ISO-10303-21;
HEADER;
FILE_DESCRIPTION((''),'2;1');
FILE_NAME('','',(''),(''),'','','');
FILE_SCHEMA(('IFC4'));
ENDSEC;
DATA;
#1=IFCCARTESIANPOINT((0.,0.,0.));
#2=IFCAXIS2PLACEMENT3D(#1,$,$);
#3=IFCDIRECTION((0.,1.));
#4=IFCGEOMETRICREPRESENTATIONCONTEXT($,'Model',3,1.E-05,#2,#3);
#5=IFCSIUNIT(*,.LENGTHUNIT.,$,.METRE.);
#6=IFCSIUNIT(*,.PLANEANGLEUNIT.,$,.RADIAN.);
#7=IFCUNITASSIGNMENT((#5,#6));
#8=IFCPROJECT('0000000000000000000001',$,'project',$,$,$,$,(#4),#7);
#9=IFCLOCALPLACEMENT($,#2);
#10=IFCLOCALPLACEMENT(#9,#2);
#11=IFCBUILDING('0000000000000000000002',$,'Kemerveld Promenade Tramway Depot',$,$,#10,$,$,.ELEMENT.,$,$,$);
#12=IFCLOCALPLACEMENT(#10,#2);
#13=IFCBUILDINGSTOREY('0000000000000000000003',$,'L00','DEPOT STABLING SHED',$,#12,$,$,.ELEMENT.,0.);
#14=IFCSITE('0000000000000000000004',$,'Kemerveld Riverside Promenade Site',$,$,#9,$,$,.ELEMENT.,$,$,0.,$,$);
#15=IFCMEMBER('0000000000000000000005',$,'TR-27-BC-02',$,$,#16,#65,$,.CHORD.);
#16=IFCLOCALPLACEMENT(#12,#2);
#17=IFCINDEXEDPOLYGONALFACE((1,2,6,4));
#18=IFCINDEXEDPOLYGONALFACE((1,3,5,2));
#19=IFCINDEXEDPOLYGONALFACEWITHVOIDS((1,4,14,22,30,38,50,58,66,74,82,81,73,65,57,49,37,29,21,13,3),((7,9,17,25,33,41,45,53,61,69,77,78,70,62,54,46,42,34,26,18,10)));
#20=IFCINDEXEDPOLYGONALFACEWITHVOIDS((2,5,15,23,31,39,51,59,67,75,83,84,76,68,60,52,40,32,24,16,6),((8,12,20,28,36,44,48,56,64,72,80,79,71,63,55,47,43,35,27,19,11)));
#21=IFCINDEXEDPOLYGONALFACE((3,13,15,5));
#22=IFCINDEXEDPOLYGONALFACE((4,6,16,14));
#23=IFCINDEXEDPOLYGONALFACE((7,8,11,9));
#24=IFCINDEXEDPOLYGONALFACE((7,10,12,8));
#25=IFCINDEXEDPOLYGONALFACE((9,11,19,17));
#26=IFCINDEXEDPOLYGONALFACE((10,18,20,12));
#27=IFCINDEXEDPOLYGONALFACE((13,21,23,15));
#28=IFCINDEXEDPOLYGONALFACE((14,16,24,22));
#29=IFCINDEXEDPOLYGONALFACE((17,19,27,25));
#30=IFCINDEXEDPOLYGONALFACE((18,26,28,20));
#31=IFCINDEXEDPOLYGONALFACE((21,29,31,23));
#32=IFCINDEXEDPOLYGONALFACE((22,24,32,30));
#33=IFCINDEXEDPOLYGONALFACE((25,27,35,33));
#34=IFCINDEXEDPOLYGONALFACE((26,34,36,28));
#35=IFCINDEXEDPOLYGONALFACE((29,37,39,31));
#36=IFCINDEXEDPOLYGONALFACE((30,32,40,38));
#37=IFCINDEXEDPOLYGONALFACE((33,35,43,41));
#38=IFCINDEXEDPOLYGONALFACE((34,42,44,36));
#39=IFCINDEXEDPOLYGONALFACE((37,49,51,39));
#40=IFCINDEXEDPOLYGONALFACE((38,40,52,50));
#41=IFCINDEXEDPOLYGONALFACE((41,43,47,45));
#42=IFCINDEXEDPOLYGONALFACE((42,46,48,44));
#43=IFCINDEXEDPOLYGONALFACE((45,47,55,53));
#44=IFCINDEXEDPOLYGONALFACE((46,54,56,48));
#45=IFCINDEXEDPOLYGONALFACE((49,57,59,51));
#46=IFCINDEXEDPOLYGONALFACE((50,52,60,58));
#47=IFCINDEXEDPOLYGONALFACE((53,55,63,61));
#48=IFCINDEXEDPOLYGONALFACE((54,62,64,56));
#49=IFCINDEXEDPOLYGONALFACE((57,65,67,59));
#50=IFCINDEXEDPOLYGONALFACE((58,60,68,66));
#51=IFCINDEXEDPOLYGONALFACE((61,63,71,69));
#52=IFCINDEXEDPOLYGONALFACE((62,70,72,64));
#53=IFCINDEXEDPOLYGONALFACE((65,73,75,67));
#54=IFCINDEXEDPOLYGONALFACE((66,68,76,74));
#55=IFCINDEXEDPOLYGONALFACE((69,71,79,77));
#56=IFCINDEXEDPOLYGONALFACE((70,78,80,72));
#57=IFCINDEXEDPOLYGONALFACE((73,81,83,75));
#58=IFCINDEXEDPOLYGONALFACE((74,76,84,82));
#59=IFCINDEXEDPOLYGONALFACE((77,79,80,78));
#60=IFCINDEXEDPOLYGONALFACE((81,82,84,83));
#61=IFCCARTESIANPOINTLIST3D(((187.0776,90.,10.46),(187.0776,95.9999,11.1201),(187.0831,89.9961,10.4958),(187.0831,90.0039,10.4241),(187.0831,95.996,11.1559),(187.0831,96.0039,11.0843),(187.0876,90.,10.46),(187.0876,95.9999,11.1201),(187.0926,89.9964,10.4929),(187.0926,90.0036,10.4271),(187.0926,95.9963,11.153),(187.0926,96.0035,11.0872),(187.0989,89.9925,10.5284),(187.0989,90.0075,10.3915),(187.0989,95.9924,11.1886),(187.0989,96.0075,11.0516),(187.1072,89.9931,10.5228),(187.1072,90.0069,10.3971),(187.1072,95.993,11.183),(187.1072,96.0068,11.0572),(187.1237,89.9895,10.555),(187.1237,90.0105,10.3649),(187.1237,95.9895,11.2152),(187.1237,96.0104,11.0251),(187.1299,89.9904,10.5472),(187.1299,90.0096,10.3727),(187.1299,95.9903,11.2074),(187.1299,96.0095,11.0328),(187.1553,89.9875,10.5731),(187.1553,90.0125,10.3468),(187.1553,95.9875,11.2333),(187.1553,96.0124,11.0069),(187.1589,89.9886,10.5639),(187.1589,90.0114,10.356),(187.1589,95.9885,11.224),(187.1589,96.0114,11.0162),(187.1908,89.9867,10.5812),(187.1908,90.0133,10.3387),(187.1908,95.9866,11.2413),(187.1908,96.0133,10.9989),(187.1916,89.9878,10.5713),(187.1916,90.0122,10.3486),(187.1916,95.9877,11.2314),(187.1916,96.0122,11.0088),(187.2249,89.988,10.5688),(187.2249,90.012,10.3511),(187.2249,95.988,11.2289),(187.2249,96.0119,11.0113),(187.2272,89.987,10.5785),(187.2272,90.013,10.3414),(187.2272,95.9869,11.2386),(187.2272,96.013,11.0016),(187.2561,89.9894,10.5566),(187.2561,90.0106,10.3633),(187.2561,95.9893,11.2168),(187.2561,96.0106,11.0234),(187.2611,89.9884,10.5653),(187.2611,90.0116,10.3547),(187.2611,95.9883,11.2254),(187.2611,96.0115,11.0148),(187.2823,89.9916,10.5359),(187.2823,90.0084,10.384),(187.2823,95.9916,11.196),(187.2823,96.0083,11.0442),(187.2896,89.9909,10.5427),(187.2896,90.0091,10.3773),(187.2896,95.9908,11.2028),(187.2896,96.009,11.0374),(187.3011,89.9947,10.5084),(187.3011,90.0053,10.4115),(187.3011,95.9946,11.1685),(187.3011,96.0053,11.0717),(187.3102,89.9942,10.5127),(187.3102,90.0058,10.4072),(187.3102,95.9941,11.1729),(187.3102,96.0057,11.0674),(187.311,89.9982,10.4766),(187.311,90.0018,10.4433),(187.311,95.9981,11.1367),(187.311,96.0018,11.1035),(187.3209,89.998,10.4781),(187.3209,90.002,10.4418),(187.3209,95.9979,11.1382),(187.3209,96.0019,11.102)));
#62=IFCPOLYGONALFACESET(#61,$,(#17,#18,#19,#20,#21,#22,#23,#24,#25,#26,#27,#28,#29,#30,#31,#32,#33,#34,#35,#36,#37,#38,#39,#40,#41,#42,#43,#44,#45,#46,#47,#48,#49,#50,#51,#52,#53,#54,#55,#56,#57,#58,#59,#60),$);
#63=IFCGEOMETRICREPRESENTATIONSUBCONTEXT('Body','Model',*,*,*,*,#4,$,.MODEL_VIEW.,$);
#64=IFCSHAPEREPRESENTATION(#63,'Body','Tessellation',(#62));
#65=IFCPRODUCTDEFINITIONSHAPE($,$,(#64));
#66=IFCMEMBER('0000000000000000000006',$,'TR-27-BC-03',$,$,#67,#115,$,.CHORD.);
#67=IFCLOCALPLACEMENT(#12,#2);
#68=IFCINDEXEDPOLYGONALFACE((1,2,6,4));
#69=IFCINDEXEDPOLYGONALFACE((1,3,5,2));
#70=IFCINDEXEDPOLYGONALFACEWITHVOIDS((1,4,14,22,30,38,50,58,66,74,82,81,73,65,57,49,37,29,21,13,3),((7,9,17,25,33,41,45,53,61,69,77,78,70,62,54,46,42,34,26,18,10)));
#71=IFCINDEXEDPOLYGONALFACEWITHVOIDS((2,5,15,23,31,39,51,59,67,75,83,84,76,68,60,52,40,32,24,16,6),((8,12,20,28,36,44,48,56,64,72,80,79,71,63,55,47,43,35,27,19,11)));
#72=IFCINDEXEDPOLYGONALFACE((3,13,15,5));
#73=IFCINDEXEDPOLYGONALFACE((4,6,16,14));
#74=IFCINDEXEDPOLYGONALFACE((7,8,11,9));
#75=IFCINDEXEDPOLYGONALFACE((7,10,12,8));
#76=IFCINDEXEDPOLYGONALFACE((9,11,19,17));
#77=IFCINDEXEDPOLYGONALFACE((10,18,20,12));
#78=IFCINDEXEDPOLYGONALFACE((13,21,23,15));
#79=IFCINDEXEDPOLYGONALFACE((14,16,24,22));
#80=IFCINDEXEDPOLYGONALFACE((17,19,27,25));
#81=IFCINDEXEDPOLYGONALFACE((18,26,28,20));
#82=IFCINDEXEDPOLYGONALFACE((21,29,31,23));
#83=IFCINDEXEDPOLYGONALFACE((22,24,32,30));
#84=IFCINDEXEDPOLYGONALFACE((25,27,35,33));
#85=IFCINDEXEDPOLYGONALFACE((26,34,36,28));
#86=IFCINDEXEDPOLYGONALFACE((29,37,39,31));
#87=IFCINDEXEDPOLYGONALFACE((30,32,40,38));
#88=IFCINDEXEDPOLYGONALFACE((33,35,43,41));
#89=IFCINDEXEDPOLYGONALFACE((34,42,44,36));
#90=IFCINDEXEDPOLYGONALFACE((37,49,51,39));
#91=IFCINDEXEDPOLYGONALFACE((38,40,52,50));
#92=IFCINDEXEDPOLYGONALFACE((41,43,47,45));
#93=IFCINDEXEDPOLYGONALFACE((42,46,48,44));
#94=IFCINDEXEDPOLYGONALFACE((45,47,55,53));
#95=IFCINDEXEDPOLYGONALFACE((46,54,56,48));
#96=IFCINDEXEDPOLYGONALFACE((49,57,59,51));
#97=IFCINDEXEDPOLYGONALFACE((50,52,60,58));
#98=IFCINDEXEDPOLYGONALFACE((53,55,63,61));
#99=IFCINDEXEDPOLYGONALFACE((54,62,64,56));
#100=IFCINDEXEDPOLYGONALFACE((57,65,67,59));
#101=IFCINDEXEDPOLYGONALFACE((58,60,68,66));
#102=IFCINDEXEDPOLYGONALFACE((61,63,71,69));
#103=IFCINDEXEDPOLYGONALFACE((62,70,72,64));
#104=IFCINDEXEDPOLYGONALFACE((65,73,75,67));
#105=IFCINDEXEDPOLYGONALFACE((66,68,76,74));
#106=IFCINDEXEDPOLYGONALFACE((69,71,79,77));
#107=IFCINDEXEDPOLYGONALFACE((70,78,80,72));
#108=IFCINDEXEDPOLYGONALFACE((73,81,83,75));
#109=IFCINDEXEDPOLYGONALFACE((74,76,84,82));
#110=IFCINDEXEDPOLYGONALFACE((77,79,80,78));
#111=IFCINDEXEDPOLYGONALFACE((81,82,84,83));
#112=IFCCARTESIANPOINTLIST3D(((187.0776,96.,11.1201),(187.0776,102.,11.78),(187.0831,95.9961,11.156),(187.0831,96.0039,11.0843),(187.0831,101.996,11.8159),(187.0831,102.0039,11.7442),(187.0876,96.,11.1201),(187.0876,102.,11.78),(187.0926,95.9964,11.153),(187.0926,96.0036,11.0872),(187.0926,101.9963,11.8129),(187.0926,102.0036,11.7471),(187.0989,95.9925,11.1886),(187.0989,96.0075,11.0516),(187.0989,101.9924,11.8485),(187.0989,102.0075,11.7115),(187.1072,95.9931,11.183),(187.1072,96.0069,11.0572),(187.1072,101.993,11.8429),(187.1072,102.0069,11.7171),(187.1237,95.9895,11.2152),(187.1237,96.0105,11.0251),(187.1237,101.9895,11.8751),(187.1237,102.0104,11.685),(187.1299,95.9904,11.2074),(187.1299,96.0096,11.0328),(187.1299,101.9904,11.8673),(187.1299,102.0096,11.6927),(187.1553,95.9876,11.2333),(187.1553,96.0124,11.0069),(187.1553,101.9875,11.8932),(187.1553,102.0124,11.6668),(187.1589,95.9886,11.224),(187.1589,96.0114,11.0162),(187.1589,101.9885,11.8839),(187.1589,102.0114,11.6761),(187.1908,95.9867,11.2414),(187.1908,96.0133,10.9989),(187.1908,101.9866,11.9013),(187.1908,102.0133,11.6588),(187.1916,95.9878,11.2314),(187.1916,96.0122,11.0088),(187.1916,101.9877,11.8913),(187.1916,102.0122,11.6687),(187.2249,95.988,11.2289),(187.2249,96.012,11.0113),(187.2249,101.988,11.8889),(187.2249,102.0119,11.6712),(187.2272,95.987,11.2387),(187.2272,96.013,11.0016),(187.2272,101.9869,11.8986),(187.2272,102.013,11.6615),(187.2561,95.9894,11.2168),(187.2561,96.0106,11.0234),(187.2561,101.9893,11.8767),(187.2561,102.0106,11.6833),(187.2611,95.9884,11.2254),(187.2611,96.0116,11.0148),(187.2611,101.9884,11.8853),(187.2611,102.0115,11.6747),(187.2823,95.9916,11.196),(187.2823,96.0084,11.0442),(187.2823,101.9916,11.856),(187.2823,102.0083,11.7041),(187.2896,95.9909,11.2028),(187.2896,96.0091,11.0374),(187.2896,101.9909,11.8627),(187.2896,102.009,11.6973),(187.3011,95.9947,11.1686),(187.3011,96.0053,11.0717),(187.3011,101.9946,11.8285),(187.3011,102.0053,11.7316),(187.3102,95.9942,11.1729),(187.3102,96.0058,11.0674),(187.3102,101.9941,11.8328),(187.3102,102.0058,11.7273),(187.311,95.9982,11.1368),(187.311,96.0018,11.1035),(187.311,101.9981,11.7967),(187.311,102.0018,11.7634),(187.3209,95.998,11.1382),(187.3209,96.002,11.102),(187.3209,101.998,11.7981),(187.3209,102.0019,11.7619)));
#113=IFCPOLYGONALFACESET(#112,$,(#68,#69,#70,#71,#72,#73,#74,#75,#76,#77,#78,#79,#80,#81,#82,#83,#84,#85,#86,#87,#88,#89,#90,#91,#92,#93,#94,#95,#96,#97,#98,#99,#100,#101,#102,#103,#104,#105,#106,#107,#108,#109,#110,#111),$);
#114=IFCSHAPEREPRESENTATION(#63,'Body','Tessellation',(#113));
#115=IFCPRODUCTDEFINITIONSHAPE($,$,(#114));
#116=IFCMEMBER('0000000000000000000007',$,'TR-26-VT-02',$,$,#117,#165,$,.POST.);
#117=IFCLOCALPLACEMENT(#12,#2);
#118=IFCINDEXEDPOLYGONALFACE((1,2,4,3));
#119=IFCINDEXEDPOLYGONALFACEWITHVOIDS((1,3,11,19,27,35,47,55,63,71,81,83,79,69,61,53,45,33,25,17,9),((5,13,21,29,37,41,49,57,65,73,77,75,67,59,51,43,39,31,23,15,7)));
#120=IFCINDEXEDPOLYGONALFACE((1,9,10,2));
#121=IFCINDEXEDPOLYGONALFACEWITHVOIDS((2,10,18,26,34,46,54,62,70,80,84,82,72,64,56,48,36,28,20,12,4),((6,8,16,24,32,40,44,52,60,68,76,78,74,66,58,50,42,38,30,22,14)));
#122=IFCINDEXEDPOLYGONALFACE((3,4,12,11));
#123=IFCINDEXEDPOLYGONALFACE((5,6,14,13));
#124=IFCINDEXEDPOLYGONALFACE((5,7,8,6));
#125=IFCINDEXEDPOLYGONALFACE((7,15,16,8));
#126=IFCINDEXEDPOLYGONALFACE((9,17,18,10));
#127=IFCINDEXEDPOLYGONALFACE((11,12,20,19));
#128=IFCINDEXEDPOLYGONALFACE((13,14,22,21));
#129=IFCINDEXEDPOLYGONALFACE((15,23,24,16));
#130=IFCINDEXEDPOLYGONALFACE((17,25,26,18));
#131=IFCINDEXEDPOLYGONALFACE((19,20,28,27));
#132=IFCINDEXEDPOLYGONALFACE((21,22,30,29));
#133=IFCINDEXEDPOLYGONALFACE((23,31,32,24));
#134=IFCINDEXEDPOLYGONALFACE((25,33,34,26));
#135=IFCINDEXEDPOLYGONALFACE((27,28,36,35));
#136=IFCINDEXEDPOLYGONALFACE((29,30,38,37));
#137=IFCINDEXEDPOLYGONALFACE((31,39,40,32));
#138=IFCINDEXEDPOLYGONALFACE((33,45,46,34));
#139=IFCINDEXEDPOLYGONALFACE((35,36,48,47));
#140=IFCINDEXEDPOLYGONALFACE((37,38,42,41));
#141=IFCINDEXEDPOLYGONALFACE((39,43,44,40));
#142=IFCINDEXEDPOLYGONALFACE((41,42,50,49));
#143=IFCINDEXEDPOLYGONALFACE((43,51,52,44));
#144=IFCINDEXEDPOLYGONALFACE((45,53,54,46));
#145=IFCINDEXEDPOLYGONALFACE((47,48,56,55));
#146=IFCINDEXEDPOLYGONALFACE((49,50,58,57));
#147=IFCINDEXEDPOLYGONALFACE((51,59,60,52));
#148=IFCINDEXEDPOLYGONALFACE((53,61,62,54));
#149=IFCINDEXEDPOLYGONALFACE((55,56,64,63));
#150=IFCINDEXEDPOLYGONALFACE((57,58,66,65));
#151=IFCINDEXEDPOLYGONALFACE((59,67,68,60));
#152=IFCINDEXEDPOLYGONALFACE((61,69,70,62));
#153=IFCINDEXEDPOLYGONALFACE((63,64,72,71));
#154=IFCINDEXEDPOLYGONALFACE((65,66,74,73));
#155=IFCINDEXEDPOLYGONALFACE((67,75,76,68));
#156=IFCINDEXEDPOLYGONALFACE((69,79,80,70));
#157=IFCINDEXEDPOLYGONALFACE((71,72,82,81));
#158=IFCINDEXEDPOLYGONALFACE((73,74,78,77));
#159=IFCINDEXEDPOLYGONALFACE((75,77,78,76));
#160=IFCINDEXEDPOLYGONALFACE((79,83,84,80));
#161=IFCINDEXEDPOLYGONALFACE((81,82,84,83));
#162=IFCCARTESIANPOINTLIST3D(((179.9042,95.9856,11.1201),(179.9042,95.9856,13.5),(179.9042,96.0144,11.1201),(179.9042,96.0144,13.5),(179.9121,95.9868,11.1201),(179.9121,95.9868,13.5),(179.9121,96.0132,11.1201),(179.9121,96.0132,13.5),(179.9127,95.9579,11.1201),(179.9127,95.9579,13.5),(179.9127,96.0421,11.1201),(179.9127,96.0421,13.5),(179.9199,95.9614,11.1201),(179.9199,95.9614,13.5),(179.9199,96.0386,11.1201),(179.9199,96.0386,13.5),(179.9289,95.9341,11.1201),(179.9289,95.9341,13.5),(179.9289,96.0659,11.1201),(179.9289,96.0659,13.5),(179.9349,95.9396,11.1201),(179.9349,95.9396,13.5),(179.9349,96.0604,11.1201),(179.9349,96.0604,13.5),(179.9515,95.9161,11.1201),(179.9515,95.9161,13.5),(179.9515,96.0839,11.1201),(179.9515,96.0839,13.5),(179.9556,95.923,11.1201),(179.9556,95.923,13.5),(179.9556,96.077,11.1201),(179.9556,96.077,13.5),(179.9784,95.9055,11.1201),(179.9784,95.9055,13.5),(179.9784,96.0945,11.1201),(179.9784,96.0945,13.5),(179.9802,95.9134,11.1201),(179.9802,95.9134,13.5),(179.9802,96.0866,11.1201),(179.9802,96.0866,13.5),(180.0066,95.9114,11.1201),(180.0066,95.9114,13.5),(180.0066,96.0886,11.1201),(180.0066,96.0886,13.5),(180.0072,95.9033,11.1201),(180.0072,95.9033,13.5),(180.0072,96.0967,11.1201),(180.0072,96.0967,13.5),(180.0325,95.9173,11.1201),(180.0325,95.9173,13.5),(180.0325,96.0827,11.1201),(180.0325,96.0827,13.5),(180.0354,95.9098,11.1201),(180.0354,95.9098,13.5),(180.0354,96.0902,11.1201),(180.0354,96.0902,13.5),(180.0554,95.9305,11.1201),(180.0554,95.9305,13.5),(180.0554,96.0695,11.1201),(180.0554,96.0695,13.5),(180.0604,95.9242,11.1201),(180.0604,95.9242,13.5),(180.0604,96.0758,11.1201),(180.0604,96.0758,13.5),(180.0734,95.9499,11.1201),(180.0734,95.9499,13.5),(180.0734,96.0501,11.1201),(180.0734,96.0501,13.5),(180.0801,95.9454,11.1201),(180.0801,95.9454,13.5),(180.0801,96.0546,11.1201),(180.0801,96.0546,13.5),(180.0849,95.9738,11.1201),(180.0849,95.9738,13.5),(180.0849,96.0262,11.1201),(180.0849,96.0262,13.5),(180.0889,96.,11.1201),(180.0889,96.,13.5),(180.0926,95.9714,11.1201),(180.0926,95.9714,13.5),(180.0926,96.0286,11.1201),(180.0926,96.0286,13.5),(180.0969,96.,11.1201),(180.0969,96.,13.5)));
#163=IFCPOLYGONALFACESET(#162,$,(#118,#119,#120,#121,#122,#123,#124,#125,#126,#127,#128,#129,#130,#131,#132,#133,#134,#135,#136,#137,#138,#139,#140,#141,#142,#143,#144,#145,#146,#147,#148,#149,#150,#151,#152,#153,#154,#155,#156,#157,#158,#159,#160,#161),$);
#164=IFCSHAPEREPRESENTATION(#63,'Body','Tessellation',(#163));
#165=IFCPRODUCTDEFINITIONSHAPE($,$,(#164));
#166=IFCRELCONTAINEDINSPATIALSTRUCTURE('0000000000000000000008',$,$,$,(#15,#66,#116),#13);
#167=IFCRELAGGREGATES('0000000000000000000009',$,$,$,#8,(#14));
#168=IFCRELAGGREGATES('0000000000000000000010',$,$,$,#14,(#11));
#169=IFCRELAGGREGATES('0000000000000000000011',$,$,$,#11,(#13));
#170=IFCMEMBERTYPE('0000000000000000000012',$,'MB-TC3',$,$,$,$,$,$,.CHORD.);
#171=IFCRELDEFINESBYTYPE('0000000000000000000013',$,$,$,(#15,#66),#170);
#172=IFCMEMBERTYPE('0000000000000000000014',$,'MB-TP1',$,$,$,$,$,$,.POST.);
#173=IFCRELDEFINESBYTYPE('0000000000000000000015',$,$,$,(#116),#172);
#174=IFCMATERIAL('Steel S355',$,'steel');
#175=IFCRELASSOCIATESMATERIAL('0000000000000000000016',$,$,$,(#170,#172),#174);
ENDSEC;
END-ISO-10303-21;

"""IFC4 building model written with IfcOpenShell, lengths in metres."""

from ifc_helpers import new_model, si_unit, direction, frame, origin, origin_2d, place, context, subcontext, project, spatial, hollow_circle, extrude, material, material_profile, profile_set, type_object, element, save


model = new_model("IFC4")

# Units and contexts
model_context = context("Model", 3, precision=1e-05, world=origin(), true_north=direction((0.0, 1.0)))
body_context = subcontext(model_context, "Body", "Model", "MODEL_VIEW")
ifc_project = project(units=[si_unit("LENGTHUNIT", "METRE"), si_unit("PLANEANGLEUNIT", "RADIAN")], contexts=[model_context])

# Site, building, storey
site_placement = place(None, origin())
site = spatial("IfcSite", under=ifc_project, at=site_placement, Name="Kemerveld Riverside Promenade Site", CompositionType="ELEMENT", RefElevation=0.0)
building_placement = place(site_placement, origin())
building = spatial("IfcBuilding", under=site, at=building_placement, Name="Kemerveld Promenade Tramway Depot", CompositionType="ELEMENT")
storey_placement = place(building_placement, origin())
storey = spatial("IfcBuildingStorey", under=building, at=storey_placement, Name="L00", Description="DEPOT STABLING SHED", CompositionType="ELEMENT", Elevation=0.0)

# Shared definitions
ifc_material_1 = material(Name="Steel S355", Category="steel")

# Members
ifc_material_profile_1 = material_profile(ifc_material_1, hollow_circle(Radius=0.1223, WallThickness=0.01, at=origin_2d()), Name="244.5x10.0 CHS")
ifc_profile_set_1 = profile_set([ifc_material_profile_1], Name="Steel S355")
member_type_1 = type_object("IfcMemberType", Name="MB-TC3", PredefinedType="CHORD", material=ifc_profile_set_1)
for number, where, z_axis, x_axis, name in (
    (1, (187.2, 90.0, 10.46), (0.0, 0.994002, 0.109366), (-1.0, 0.0, 0.0), "TR-27-BC-02"),
    (2, (187.2, 96.0, 11.1201), (0.0, 0.994006, 0.109326), (-1.0, 0.0, 0.0), "TR-27-BC-03"),
):
    element("IfcMember", number, at=place(storey_placement, frame(where, z_axis=z_axis, x_axis=x_axis)), inside=storey, type_object=member_type_1, Name=name, PredefinedType="CHORD", context=body_context, shape_type="SweptSolid", body=[
        extrude(hollow_circle(Radius=0.1223, WallThickness=0.01, at=origin_2d()), origin(), (0.0, 0.0, 1.0), 6.0361),
    ])
ifc_material_profile_2 = material_profile(ifc_material_1, hollow_circle(Radius=0.0969, WallThickness=0.0081, at=origin_2d()), Name="193.7x8.0 CHS")
ifc_profile_set_2 = profile_set([ifc_material_profile_2], Name="Steel S355")
member_type_2 = type_object("IfcMemberType", Name="MB-TP1", PredefinedType="POST", material=ifc_profile_set_2)
member_1_placement = place(storey_placement, frame((180.0, 96.0, 11.1201), z_axis=(0.0, 0.0, 1.0), x_axis=(1.0, 0.0, 0.0)))
element("IfcMember", 3, at=member_1_placement, inside=storey, type_object=member_type_2, Name="TR-26-VT-02", PredefinedType="POST", context=body_context, shape_type="SweptSolid", body=[
    extrude(hollow_circle(Radius=0.0969, WallThickness=0.0081, at=origin_2d()), origin(), (0.0, 0.0, 1.0), 2.3799),
])

save(model, "model.ifc")
